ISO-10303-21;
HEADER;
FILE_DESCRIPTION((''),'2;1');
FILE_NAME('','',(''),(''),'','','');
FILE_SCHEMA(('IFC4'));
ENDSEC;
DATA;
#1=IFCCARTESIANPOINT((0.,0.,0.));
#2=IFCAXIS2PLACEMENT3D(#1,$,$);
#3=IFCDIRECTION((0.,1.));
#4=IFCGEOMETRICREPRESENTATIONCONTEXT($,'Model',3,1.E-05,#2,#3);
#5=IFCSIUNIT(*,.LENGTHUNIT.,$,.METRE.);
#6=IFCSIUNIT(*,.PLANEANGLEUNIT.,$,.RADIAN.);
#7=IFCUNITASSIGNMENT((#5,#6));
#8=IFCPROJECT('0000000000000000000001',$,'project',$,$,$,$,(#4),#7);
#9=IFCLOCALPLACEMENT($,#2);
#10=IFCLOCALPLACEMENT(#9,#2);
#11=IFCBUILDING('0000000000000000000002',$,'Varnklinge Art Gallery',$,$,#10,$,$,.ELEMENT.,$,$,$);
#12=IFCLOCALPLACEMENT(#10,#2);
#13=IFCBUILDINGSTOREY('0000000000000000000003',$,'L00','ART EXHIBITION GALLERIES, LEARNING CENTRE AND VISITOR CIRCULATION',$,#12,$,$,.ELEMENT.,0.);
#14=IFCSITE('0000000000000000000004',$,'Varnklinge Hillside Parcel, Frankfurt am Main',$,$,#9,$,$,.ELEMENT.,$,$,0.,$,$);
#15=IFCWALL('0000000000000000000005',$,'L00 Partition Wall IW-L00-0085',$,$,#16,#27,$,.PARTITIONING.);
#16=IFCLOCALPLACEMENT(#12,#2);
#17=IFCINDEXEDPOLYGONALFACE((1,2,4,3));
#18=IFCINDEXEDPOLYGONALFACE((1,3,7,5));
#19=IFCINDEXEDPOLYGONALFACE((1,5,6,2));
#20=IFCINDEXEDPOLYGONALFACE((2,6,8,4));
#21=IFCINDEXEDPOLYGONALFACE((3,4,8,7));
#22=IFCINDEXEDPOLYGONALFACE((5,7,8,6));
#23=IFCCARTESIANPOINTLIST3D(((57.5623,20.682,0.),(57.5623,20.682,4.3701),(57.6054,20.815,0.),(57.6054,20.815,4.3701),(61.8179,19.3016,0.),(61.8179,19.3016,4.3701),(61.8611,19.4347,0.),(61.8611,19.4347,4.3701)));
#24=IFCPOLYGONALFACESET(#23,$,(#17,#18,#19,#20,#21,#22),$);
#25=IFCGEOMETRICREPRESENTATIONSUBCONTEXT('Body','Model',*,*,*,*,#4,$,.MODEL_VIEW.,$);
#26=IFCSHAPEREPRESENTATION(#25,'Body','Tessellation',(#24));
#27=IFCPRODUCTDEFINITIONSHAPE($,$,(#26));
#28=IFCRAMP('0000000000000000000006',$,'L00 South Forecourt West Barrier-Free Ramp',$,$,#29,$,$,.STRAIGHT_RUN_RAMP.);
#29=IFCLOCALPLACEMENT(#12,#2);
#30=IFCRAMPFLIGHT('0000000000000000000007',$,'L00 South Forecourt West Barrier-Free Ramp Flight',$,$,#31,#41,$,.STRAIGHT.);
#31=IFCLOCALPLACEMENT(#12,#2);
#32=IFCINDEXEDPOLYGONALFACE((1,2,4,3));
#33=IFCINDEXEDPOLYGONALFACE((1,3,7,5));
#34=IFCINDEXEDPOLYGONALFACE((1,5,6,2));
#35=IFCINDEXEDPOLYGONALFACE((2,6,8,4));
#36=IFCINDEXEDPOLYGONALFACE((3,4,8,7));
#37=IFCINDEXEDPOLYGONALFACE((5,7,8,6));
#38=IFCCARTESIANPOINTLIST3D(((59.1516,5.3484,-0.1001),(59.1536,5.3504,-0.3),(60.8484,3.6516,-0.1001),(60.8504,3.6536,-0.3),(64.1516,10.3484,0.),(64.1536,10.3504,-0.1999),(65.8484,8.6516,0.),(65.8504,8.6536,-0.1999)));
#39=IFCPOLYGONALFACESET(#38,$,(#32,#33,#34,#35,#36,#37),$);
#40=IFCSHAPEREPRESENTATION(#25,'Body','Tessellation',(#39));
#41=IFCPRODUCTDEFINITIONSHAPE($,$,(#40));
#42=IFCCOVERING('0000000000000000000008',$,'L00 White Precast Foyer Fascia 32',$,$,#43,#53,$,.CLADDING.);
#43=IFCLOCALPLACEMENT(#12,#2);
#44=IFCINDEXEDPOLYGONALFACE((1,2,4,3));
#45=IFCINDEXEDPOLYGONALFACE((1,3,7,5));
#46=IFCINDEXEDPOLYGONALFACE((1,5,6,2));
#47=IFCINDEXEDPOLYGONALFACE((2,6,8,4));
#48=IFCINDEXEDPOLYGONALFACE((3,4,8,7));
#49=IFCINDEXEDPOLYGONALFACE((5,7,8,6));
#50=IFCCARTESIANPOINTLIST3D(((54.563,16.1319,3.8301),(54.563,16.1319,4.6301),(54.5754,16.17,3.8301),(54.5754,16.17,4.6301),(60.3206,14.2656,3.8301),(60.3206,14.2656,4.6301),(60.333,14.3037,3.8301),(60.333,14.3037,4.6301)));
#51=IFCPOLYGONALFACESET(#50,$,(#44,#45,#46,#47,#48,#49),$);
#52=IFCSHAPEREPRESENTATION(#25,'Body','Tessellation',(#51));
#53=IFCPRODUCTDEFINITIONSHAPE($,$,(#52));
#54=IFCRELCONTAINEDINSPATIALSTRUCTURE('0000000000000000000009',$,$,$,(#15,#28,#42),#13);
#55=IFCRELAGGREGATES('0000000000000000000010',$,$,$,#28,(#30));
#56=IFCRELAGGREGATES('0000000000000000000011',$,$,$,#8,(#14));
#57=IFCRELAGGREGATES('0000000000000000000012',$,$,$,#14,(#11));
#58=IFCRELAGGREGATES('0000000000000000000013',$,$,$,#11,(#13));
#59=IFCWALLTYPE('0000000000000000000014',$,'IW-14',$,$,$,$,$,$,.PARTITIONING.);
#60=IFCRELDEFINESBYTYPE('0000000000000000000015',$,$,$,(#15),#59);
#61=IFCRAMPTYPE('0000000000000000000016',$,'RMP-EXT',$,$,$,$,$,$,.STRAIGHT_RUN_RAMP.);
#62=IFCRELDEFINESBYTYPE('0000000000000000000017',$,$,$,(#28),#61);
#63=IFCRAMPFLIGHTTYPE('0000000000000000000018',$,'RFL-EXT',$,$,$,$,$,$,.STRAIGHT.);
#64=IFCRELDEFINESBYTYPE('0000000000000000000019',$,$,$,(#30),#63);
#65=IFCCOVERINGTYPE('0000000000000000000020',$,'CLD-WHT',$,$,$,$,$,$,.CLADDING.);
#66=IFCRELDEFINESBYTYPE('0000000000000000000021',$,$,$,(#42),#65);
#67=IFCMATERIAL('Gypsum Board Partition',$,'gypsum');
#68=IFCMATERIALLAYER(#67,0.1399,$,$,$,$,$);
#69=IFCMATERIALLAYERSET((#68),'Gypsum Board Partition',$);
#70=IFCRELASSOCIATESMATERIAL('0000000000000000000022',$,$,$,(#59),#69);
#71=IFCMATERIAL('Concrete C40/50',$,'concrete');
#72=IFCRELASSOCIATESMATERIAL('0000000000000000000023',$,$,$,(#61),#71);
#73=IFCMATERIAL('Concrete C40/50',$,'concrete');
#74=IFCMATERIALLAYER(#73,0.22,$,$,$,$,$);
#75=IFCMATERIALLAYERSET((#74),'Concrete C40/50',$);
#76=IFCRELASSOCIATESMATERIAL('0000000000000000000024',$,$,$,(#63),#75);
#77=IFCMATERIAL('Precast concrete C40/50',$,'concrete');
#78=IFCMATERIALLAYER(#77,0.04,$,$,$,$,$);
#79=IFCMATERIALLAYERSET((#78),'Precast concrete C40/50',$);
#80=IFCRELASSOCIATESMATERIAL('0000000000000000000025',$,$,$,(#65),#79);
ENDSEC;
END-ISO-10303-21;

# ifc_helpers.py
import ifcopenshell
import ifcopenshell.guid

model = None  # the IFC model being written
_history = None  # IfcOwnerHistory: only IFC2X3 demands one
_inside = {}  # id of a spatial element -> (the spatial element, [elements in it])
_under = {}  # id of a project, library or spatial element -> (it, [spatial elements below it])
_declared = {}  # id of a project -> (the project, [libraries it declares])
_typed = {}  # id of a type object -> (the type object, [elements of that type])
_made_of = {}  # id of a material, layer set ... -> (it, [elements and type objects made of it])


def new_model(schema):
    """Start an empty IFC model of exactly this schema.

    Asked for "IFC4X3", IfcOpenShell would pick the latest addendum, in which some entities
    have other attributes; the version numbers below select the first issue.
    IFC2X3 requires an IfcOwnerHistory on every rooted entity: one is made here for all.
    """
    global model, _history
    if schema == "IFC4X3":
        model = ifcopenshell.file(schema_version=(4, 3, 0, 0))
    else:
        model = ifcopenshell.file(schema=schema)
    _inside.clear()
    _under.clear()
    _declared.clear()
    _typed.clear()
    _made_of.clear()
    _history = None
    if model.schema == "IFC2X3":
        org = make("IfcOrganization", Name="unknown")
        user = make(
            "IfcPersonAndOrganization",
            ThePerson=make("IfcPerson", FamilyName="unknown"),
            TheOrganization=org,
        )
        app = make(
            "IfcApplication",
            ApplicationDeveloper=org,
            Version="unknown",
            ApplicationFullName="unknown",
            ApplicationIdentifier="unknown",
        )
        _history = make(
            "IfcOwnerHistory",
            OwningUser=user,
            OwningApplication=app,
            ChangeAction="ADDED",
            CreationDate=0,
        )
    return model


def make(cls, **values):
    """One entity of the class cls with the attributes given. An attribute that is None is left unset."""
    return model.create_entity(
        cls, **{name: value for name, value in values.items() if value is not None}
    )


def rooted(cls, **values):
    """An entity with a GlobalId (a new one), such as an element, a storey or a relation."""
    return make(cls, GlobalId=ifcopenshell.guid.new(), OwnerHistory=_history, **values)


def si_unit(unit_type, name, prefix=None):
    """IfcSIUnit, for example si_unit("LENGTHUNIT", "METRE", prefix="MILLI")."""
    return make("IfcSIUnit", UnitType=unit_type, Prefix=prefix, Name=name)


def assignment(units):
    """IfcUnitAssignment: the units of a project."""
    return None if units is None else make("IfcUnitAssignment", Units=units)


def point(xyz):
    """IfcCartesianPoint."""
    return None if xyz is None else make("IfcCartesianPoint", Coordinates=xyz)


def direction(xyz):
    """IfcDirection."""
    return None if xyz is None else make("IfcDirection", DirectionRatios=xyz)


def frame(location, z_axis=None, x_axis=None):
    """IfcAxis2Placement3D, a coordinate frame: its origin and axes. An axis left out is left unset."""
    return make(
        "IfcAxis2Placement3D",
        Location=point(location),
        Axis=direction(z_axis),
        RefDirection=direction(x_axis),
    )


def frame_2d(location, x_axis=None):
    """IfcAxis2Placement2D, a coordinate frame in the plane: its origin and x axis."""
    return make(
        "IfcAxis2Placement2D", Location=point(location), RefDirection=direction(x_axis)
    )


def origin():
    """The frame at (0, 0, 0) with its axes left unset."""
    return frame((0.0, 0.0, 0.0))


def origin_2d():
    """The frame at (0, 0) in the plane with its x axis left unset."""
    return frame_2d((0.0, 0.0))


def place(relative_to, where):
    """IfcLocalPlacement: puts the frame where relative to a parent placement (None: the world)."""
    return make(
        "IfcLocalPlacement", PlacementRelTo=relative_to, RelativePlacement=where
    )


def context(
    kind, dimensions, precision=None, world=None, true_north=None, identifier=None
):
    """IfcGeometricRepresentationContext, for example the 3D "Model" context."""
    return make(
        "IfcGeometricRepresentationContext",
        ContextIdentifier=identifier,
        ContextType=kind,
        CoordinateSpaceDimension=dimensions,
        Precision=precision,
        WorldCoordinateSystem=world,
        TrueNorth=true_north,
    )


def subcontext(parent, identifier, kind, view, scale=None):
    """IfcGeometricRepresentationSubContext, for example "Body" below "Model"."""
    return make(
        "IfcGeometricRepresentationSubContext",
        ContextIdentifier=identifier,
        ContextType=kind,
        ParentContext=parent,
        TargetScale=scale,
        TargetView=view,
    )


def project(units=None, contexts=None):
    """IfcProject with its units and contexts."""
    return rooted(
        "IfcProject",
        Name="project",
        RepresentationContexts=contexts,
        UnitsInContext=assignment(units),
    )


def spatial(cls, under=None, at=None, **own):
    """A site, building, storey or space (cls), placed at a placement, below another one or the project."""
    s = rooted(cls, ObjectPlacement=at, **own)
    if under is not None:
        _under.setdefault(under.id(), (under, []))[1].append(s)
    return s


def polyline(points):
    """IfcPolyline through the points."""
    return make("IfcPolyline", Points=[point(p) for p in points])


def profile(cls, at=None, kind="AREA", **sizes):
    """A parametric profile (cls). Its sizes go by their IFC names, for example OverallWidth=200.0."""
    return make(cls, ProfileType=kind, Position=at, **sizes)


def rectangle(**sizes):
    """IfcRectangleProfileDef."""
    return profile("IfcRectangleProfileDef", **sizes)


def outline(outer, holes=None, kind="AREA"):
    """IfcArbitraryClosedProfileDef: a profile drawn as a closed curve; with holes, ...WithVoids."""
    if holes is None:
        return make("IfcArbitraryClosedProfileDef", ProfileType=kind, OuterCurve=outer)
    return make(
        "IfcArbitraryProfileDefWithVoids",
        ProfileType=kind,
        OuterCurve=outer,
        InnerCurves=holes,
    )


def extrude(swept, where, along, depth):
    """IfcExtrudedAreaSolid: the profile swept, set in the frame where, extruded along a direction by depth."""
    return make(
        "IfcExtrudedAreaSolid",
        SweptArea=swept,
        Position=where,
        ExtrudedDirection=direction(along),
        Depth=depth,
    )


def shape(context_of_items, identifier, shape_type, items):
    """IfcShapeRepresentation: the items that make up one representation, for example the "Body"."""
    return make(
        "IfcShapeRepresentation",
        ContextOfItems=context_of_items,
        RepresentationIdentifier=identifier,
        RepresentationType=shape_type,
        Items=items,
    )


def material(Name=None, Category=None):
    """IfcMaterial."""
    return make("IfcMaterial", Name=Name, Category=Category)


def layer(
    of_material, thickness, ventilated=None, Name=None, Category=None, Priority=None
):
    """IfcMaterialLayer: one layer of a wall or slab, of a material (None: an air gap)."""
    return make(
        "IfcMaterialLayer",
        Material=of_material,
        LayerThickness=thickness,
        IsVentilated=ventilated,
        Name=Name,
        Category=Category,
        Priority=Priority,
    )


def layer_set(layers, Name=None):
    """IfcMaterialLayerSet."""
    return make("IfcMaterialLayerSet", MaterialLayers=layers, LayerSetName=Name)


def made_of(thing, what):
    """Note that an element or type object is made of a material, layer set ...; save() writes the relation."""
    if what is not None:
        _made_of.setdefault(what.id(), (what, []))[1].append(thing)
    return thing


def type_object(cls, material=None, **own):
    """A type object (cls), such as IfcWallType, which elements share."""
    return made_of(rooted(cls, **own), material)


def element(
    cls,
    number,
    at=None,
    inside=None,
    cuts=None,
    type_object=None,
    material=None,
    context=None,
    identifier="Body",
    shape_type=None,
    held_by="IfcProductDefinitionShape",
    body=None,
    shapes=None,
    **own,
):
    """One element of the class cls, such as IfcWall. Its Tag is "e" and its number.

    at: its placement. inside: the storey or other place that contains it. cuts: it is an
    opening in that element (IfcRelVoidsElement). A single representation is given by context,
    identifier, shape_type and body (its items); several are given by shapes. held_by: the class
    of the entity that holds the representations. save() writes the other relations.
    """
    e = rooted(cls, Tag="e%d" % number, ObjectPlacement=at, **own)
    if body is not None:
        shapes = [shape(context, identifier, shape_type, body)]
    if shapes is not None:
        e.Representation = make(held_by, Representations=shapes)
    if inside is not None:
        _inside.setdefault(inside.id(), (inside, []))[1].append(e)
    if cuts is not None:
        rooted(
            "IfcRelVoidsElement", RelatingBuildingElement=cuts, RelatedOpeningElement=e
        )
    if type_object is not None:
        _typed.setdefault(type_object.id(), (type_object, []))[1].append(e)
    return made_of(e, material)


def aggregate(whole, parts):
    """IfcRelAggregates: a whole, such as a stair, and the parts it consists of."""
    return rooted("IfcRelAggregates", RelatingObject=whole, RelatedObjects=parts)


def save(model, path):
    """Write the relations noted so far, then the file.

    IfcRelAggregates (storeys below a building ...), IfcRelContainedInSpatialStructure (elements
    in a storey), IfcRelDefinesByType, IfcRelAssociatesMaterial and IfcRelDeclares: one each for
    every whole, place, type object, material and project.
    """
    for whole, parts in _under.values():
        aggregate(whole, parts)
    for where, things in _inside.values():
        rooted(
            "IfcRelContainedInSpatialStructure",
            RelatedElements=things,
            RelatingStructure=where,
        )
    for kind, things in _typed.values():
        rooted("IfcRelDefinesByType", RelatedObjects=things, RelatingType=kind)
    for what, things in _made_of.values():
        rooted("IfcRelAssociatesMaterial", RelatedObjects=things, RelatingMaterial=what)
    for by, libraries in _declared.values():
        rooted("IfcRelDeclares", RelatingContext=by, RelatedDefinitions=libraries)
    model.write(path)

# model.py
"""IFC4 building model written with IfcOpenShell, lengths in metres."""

from ifc_helpers import new_model, si_unit, direction, frame, frame_2d, origin, origin_2d, place, context, subcontext, project, spatial, polyline, rectangle, outline, extrude, material, layer, layer_set, type_object, element, aggregate, save


model = new_model("IFC4")

# Units and contexts
model_context = context("Model", 3, precision=1e-05, world=origin(), true_north=direction((0.0, 1.0)))
body_context = subcontext(model_context, "Body", "Model", "MODEL_VIEW")
ifc_project = project(units=[si_unit("LENGTHUNIT", "METRE"), si_unit("PLANEANGLEUNIT", "RADIAN")], contexts=[model_context])

# Site, building, storey
site_placement = place(None, origin())
site = spatial("IfcSite", under=ifc_project, at=site_placement, Name="Varnklinge Hillside Parcel, Frankfurt am Main", CompositionType="ELEMENT", RefElevation=0.0)
building_placement = place(site_placement, origin())
building = spatial("IfcBuilding", under=site, at=building_placement, Name="Varnklinge Art Gallery", CompositionType="ELEMENT")
storey_placement = place(building_placement, origin())
storey = spatial("IfcBuildingStorey", under=building, at=storey_placement, Name="L00", Description="ART EXHIBITION GALLERIES, LEARNING CENTRE AND VISITOR CIRCULATION", CompositionType="ELEMENT", Elevation=0.0)

# Wall
ifc_material_1 = material(Name="Gypsum Board Partition", Category="gypsum")
ifc_layer_1 = layer(ifc_material_1, 0.1399)
ifc_layer_set_1 = layer_set([ifc_layer_1], Name="Gypsum Board Partition")
wall_type_1 = type_object("IfcWallType", Name="IW-14", PredefinedType="PARTITIONING", material=ifc_layer_set_1)
wall_1_placement = place(storey_placement, frame((61.8394, 19.3682, 0.0), z_axis=(0.0, 0.0, 1.0), x_axis=(-0.951212, 0.308539, 0.0)))
element("IfcWall", 1, at=wall_1_placement, inside=storey, type_object=wall_type_1, Name="L00 Partition Wall IW-L00-0085", PredefinedType="PARTITIONING", context=body_context, shape_type="SweptSolid", body=[
    extrude(rectangle(XDim=4.4739, YDim=0.1399, at=frame_2d((2.2368, 0.0))), origin(), (0.0, 0.0, 1.0), 4.3701),
])

# Ramp, ramp flight
ifc_material_2 = material(Name="Concrete C40/50", Category="concrete")
ramp_type = type_object("IfcRampType", Name="RMP-EXT", PredefinedType="STRAIGHT_RUN_RAMP", material=ifc_material_2)
ramp_placement = place(storey_placement, origin())
ramp = element("IfcRamp", 2, at=ramp_placement, inside=storey, type_object=ramp_type, Name="L00 South Forecourt West Barrier-Free Ramp", PredefinedType="STRAIGHT_RUN_RAMP")
ifc_material_3 = material(Name="Concrete C40/50", Category="concrete")
ifc_layer_2 = layer(ifc_material_3, 0.22)
ifc_layer_set_2 = layer_set([ifc_layer_2], Name="Concrete C40/50")
ramp_flight_type = type_object("IfcRampFlightType", Name="RFL-EXT", PredefinedType="STRAIGHT", material=ifc_layer_set_2)
ramp_flight_placement = place(storey_placement, frame((60.8484, 3.6516, -0.1001), z_axis=(-0.010009, -0.010009, 0.9999), x_axis=(0.707036, 0.707036, 0.014155)))
ramp_flight = element("IfcRampFlight", 3, at=ramp_flight_placement, type_object=ramp_flight_type, Name="L00 South Forecourt West Barrier-Free Ramp Flight", PredefinedType="STRAIGHT", context=body_context, shape_type="SweptSolid", body=[
    extrude(outline(polyline([(0.0, 0.0), (7.0718, 0.0), (7.0718, 2.3996), (0.0, 2.3996), (0.0, 0.0)])), origin(), (0.0, 0.0, -1.0), 0.2),
])
aggregate(ramp, [ramp_flight])

# Covering
ifc_material_4 = material(Name="Precast concrete C40/50", Category="concrete")
ifc_layer_3 = layer(ifc_material_4, 0.04)
ifc_layer_set_3 = layer_set([ifc_layer_3], Name="Precast concrete C40/50")
covering_type = type_object("IfcCoveringType", Name="CLD-WHT", PredefinedType="CLADDING", material=ifc_layer_set_3)
covering_placement = place(storey_placement, frame((57.448, 15.2178, 3.8301), z_axis=(0.0, 0.0, 1.0), x_axis=(0.951272, -0.308353, 0.0)))
element("IfcCovering", 4, at=covering_placement, inside=storey, type_object=covering_type, Name="L00 White Precast Foyer Fascia 32", PredefinedType="CLADDING", context=body_context, shape_type="SweptSolid", body=[
    extrude(rectangle(XDim=6.0525, YDim=0.04, at=origin_2d()), origin(), (0.0, 0.0, 1.0), 0.8),
])

save(model, "model.ifc")
